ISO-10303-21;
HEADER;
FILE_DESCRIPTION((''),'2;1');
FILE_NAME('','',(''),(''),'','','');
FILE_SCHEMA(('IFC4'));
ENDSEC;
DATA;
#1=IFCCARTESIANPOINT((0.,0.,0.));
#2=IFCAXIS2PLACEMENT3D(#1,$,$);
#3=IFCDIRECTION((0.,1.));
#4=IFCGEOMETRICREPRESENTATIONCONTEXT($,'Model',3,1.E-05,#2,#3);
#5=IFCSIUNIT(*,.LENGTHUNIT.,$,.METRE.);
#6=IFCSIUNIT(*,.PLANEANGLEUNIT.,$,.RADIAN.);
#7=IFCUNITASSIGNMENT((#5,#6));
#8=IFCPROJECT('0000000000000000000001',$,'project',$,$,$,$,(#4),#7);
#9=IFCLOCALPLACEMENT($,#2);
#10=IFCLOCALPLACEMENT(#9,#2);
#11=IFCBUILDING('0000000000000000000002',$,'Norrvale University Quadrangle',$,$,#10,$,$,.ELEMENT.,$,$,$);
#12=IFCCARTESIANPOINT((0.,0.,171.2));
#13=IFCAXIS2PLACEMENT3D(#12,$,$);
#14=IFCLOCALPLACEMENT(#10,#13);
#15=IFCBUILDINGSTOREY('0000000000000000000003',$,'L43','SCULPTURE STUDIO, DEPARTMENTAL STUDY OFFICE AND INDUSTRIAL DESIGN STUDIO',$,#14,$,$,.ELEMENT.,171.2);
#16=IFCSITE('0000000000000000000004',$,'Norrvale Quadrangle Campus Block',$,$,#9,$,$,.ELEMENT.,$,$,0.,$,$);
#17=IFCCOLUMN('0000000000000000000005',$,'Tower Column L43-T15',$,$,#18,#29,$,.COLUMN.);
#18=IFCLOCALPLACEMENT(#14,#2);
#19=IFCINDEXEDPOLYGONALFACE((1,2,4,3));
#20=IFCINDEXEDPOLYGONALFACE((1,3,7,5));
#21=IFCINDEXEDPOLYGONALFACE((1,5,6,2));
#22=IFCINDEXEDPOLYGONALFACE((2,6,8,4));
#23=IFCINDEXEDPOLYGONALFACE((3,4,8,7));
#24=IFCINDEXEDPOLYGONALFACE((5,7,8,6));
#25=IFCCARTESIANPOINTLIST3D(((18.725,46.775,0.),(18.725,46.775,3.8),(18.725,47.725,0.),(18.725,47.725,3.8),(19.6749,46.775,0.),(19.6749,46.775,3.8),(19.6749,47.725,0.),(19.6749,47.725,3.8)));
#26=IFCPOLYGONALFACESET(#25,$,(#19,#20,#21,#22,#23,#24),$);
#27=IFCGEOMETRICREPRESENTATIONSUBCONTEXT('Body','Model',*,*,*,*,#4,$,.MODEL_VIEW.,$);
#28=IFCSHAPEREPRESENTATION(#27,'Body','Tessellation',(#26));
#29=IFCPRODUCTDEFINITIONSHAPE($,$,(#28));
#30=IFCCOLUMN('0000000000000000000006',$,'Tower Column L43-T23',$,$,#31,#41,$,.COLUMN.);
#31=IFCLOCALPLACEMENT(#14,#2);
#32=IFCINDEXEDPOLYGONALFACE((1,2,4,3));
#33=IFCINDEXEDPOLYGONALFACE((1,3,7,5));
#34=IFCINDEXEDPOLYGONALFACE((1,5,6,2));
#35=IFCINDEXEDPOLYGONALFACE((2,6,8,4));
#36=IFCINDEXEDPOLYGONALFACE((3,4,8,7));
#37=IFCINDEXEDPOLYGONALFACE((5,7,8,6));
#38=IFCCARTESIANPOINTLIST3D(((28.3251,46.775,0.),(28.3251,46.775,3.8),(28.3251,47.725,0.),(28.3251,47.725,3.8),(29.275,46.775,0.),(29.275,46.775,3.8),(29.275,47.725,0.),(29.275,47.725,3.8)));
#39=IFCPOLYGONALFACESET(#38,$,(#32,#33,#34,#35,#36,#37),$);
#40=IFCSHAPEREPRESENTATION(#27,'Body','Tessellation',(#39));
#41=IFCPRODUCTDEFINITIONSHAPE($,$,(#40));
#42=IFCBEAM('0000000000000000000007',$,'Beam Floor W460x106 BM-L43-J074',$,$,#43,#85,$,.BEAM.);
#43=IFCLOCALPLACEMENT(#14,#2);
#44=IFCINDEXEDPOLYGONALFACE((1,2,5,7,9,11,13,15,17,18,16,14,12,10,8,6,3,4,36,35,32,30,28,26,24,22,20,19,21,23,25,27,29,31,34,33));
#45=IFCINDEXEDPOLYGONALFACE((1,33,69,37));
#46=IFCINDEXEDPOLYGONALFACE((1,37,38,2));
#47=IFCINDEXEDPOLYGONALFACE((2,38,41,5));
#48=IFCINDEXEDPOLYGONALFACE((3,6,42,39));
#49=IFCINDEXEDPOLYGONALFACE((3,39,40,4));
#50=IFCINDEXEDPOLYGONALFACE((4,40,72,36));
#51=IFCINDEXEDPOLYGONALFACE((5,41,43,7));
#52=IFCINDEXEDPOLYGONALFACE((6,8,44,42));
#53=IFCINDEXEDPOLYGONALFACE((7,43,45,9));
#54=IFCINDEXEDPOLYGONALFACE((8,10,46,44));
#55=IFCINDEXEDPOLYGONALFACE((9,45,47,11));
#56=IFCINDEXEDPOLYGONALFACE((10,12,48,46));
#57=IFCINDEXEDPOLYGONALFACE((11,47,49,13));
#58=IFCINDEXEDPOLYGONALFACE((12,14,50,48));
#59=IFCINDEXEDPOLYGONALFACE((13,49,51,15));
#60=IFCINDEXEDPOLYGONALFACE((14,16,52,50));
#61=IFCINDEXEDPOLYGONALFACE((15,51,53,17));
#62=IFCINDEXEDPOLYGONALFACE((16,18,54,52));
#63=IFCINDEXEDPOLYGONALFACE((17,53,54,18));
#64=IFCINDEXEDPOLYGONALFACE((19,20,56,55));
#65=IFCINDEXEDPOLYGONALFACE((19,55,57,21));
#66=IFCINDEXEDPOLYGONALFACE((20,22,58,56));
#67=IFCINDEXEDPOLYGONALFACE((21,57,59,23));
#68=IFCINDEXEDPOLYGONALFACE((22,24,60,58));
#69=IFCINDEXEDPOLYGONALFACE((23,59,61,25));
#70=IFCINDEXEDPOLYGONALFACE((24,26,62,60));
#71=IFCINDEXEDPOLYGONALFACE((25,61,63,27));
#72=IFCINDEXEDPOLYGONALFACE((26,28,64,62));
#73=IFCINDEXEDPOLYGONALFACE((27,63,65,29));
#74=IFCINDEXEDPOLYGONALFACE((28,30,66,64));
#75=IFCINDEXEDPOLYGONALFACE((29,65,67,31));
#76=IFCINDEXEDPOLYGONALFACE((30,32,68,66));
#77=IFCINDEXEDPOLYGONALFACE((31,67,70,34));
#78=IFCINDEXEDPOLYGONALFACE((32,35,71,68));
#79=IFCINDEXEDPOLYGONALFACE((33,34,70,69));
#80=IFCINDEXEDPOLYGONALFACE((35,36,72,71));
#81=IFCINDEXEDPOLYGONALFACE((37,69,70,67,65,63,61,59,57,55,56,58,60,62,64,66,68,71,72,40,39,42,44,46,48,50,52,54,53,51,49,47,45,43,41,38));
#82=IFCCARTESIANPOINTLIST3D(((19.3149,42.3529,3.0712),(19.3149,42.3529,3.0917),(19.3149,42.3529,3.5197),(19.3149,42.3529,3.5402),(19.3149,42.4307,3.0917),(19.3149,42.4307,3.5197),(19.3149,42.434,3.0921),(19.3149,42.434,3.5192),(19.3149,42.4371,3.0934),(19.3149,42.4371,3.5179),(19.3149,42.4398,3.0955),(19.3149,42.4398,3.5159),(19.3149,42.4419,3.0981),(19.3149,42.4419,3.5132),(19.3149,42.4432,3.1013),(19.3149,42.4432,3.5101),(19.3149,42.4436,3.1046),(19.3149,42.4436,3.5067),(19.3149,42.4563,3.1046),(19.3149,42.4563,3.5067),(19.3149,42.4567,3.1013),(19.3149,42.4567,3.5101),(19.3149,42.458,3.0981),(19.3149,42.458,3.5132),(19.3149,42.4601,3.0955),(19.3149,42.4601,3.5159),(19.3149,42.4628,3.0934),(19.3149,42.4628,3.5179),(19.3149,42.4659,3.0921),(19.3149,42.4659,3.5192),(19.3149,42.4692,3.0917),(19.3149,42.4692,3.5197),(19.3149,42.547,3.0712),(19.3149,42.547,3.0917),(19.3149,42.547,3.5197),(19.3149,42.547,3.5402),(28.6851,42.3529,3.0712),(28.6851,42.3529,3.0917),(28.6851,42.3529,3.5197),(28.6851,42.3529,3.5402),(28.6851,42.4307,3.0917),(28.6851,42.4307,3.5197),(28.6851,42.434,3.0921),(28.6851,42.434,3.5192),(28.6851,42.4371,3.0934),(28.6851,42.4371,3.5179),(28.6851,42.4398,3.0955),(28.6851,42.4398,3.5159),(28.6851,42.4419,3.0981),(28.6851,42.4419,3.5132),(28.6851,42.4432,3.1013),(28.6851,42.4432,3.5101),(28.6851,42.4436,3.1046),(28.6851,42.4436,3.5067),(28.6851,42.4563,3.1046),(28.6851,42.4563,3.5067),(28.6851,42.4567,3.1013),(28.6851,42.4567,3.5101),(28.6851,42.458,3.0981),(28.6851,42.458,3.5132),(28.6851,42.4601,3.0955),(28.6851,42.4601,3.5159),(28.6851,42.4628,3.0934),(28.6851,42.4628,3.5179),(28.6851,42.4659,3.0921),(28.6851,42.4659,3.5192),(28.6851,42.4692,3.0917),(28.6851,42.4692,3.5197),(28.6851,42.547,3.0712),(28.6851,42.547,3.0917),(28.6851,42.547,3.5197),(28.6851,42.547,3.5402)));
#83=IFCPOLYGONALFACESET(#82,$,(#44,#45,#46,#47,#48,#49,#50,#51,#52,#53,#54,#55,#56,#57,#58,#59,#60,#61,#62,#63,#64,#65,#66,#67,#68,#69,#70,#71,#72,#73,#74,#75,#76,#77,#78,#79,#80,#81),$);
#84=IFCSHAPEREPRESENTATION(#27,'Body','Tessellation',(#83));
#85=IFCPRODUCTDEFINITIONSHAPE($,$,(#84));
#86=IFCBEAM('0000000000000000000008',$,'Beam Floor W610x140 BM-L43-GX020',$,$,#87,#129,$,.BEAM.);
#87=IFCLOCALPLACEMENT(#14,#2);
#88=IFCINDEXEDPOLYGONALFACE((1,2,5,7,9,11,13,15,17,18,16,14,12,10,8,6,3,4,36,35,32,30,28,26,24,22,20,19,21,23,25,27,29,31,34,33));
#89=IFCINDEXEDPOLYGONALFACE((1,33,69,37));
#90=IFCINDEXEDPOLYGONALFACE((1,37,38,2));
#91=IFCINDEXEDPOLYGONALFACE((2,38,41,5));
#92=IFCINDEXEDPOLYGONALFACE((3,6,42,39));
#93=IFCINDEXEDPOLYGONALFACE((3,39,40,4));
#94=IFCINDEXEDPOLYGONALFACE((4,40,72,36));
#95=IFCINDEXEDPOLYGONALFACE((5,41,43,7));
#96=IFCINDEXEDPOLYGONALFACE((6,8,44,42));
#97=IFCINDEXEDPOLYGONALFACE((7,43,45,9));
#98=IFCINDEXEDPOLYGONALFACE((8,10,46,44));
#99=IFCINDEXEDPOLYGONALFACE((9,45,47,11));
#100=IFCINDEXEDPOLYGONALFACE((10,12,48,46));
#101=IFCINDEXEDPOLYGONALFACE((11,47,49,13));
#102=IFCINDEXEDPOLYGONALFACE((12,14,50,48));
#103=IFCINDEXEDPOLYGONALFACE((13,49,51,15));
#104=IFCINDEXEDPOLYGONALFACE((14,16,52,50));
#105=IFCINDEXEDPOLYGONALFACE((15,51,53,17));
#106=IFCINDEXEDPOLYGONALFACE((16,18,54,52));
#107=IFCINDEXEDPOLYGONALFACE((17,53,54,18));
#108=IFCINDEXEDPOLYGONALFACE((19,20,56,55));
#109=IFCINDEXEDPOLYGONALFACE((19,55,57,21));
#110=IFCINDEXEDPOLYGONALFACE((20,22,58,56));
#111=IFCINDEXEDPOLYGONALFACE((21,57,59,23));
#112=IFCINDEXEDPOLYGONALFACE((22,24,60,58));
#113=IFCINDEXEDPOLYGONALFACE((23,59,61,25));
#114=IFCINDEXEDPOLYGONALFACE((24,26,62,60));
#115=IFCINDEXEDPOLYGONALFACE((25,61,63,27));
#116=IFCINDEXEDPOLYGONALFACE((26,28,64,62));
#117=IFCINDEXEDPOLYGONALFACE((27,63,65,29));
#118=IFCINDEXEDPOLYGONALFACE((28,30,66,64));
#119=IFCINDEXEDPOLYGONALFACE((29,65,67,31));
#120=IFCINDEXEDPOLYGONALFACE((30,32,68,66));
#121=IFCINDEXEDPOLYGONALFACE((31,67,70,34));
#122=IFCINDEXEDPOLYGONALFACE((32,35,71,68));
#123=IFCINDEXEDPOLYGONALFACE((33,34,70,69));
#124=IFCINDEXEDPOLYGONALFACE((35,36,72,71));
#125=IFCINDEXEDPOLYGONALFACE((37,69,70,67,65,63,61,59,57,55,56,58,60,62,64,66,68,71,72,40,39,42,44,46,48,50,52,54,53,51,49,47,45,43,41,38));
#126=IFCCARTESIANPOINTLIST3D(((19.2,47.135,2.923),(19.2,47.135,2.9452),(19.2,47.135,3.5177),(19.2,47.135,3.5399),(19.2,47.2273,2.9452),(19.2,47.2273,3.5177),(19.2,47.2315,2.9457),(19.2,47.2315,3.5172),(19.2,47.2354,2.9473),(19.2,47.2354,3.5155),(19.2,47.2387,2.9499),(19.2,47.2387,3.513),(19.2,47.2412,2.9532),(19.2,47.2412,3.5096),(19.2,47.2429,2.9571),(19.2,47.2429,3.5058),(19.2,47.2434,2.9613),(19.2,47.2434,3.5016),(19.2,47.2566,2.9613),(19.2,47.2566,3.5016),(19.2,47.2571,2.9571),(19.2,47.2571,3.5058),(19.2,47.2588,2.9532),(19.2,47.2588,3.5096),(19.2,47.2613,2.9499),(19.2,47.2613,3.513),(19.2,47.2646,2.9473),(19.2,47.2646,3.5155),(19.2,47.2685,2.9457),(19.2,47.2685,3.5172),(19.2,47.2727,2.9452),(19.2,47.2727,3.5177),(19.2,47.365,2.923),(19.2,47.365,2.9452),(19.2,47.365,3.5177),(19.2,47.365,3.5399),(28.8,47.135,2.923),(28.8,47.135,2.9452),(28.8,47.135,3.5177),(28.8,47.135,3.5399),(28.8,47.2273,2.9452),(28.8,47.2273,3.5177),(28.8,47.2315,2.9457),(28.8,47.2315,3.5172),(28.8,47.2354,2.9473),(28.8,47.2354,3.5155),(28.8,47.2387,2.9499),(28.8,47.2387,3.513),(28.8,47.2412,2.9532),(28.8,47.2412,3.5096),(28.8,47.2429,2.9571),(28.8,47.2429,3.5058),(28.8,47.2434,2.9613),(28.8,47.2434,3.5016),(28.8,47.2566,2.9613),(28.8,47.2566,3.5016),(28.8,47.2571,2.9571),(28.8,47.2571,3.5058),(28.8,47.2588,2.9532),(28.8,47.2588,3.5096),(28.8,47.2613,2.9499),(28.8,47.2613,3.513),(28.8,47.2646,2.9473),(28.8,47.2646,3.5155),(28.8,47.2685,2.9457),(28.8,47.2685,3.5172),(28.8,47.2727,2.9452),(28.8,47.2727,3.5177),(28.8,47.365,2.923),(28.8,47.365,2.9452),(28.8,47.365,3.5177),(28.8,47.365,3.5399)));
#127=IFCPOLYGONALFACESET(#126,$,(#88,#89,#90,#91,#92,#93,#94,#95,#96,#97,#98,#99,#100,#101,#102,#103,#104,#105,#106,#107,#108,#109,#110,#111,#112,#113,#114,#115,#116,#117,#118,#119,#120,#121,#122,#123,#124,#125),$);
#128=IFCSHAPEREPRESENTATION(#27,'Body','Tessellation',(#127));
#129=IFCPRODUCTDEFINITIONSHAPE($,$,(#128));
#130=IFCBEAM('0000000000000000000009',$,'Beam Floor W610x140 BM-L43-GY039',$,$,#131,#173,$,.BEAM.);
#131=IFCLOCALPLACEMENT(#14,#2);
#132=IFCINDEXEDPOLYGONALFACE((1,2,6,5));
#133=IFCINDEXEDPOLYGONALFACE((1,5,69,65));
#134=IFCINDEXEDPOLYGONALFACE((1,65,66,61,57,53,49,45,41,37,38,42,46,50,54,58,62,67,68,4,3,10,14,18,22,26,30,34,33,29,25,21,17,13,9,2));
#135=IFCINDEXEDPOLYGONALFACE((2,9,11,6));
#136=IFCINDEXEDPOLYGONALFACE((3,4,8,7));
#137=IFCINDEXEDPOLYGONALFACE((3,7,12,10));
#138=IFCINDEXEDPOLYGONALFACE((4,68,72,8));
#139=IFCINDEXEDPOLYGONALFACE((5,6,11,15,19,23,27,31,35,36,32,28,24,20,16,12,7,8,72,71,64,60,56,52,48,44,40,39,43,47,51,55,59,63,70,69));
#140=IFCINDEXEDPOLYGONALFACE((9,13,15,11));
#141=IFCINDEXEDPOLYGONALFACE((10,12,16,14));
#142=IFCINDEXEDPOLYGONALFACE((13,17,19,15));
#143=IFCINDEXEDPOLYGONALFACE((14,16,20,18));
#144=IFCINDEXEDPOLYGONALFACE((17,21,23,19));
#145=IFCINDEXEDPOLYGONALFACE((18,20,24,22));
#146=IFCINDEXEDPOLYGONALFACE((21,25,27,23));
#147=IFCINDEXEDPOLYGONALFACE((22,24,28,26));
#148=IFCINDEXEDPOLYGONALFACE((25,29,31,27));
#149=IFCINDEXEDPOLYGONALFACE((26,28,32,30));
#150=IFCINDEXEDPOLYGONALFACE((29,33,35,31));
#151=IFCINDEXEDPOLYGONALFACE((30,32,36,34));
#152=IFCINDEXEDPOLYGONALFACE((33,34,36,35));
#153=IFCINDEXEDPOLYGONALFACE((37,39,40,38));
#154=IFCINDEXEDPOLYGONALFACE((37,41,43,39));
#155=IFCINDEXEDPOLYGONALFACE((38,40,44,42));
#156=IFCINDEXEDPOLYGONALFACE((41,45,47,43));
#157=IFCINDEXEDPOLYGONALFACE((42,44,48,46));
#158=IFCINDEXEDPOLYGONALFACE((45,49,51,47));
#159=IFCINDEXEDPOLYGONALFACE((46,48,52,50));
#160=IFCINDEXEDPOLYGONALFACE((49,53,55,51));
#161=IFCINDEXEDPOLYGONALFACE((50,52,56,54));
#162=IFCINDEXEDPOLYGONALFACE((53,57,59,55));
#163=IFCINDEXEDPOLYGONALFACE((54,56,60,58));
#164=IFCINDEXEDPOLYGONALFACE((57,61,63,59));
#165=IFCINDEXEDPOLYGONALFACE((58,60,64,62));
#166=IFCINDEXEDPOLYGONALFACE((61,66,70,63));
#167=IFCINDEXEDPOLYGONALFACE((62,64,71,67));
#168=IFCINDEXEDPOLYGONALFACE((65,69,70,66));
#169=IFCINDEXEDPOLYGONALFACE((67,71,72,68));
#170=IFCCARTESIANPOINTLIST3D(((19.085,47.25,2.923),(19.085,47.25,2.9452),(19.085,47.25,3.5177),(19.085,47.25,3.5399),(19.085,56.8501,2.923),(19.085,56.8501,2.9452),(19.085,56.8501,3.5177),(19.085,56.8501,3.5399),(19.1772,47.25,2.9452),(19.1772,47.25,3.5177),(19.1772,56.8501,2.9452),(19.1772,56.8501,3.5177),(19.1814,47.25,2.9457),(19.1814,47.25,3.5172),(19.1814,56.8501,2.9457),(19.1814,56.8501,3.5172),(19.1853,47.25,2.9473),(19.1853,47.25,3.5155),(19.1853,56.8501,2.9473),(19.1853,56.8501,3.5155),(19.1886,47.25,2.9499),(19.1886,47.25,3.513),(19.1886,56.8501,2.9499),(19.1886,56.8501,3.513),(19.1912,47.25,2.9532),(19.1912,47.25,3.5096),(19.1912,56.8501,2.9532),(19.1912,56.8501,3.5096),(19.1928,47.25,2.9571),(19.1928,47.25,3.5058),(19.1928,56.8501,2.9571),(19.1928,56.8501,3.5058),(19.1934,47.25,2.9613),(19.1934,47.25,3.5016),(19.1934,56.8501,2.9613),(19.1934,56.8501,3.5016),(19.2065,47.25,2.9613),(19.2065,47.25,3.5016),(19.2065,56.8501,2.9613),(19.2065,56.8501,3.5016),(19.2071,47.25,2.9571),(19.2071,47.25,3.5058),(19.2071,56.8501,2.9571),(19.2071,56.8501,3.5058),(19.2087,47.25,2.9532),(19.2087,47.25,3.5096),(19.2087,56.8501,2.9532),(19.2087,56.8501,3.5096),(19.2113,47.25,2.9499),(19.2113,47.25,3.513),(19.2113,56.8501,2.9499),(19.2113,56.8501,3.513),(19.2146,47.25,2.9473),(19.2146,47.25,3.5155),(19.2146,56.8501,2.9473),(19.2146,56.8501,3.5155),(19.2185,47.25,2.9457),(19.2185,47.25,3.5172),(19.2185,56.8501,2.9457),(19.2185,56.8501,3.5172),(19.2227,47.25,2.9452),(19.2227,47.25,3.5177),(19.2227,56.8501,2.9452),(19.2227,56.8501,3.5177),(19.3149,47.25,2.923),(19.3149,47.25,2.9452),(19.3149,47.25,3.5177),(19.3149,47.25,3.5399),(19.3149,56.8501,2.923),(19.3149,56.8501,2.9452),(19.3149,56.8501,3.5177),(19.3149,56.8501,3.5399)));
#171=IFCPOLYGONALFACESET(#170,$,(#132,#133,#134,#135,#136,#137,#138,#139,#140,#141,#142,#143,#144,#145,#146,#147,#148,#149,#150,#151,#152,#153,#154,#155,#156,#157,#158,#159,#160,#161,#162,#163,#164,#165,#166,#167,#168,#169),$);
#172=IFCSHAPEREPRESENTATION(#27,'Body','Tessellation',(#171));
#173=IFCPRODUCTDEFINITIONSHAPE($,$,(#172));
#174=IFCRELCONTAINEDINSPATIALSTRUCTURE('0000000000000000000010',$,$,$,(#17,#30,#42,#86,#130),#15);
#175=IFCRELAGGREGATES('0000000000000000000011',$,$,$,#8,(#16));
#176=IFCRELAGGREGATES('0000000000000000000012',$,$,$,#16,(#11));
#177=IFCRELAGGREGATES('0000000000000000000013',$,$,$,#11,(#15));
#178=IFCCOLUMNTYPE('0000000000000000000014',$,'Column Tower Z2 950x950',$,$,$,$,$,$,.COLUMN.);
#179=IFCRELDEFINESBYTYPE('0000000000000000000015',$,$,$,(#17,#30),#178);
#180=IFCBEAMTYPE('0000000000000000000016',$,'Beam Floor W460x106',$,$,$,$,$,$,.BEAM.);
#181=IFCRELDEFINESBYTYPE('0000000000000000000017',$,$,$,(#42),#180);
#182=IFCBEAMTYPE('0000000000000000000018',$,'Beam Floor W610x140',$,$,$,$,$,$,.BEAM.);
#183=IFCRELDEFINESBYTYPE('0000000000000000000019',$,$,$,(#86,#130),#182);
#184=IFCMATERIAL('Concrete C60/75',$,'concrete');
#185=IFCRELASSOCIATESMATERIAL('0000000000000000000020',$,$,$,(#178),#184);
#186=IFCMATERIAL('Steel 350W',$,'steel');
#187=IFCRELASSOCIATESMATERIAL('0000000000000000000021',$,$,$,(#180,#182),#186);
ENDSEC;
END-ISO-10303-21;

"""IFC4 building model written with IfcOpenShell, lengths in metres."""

from ifc_helpers import new_model, si_unit, direction, frame, origin, origin_2d, place, context, subcontext, project, spatial, rectangle, i_section, extrude, material, material_profile, profile_set, type_object, element, save


model = new_model("IFC4")

# Units and contexts
model_context = context("Model", 3, precision=1e-05, world=origin(), true_north=direction((0.0, 1.0)))
body_context = subcontext(model_context, "Body", "Model", "MODEL_VIEW")
ifc_project = project(units=[si_unit("LENGTHUNIT", "METRE"), si_unit("PLANEANGLEUNIT", "RADIAN")], contexts=[model_context])

# Site, building, storey
site_placement = place(None, origin())
site = spatial("IfcSite", under=ifc_project, at=site_placement, Name="Norrvale Quadrangle Campus Block", CompositionType="ELEMENT", RefElevation=0.0)
building_placement = place(site_placement, origin())
building = spatial("IfcBuilding", under=site, at=building_placement, Name="Norrvale University Quadrangle", CompositionType="ELEMENT")
storey_placement = place(building_placement, frame((0.0, 0.0, 171.2)))
storey = spatial("IfcBuildingStorey", under=building, at=storey_placement, Name="L43", Description="SCULPTURE STUDIO, DEPARTMENTAL STUDY OFFICE AND INDUSTRIAL DESIGN STUDIO", CompositionType="ELEMENT", Elevation=171.2)

# Columns
ifc_material_1 = material(Name="Concrete C60/75", Category="concrete")
ifc_material_profile_1 = material_profile(ifc_material_1, rectangle(XDim=0.95, YDim=0.95, at=origin_2d()), Name="Concrete C60/75")
ifc_profile_set_1 = profile_set([ifc_material_profile_1], Name="Concrete C60/75")
column_type = type_object("IfcColumnType", Name="Column Tower Z2 950x950", PredefinedType="COLUMN", material=ifc_profile_set_1)
for number, where, z_axis, x_axis, name in (
    (1, (19.2, 47.25, 0.0), (0.0, 0.0, 1.0), (1.0, 0.0, 0.0), "Tower Column L43-T15"),
    (2, (28.8, 47.25, 0.0), (0.0, 0.0, 1.0), (1.0, 0.0, 0.0), "Tower Column L43-T23"),
):
    element("IfcColumn", number, at=place(storey_placement, frame(where, z_axis=z_axis, x_axis=x_axis)), inside=storey, type_object=column_type, Name=name, PredefinedType="COLUMN", context=body_context, shape_type="SweptSolid", body=[
        extrude(rectangle(XDim=0.95, YDim=0.95, at=origin_2d()), origin(), (0.0, 0.0, 1.0), 3.8),
    ])

# Beams
ifc_material_2 = material(Name="Steel 350W", Category="steel")
ifc_material_profile_2 = material_profile(ifc_material_2, i_section(OverallWidth=0.1941, OverallDepth=0.469, WebThickness=0.0127, FlangeThickness=0.0205, FilletRadius=0.0129, at=origin_2d()), Name="Steel 350W")
ifc_profile_set_2 = profile_set([ifc_material_profile_2], Name="Steel 350W")
beam_type_1 = type_object("IfcBeamType", Name="Beam Floor W460x106", PredefinedType="BEAM", material=ifc_profile_set_2)
beam_1_placement = place(storey_placement, frame((19.3149, 42.45, 3.3057), z_axis=(1.0, 0.0, 0.0), x_axis=(0.0, 1.0, 0.0)))
element("IfcBeam", 3, at=beam_1_placement, inside=storey, type_object=beam_type_1, Name="Beam Floor W460x106 BM-L43-J074", PredefinedType="BEAM", context=body_context, shape_type="SweptSolid", body=[
    extrude(i_section(OverallWidth=0.1941, OverallDepth=0.469, WebThickness=0.0127, FlangeThickness=0.0205, FilletRadius=0.0129, at=origin_2d()), origin(), (0.0, 0.0, 1.0), 9.3701),
])
ifc_material_profile_3 = material_profile(ifc_material_2, i_section(OverallWidth=0.23, OverallDepth=0.6169, WebThickness=0.0132, FlangeThickness=0.0222, FilletRadius=0.0161, at=origin_2d()), Name="Steel 350W")
ifc_profile_set_3 = profile_set([ifc_material_profile_3], Name="Steel 350W")
beam_type_2 = type_object("IfcBeamType", Name="Beam Floor W610x140", PredefinedType="BEAM", material=ifc_profile_set_3)
for number, where, z_axis, x_axis, name in (
    (4, (19.2, 47.25, 3.2314), (1.0, 0.0, 0.0), (0.0, 1.0, 0.0), "Beam Floor W610x140 BM-L43-GX020"),
    (5, (19.2, 47.25, 3.2314), (0.0, 1.0, 0.0), (-1.0, 0.0, 0.0), "Beam Floor W610x140 BM-L43-GY039"),
):
    element("IfcBeam", number, at=place(storey_placement, frame(where, z_axis=z_axis, x_axis=x_axis)), inside=storey, type_object=beam_type_2, Name=name, PredefinedType="BEAM", context=body_context, shape_type="SweptSolid", body=[
        extrude(i_section(OverallWidth=0.23, OverallDepth=0.6169, WebThickness=0.0132, FlangeThickness=0.0222, FilletRadius=0.0161, at=origin_2d()), origin(), (0.0, 0.0, 1.0), 9.6001),
    ])

save(model, "model.ifc")
